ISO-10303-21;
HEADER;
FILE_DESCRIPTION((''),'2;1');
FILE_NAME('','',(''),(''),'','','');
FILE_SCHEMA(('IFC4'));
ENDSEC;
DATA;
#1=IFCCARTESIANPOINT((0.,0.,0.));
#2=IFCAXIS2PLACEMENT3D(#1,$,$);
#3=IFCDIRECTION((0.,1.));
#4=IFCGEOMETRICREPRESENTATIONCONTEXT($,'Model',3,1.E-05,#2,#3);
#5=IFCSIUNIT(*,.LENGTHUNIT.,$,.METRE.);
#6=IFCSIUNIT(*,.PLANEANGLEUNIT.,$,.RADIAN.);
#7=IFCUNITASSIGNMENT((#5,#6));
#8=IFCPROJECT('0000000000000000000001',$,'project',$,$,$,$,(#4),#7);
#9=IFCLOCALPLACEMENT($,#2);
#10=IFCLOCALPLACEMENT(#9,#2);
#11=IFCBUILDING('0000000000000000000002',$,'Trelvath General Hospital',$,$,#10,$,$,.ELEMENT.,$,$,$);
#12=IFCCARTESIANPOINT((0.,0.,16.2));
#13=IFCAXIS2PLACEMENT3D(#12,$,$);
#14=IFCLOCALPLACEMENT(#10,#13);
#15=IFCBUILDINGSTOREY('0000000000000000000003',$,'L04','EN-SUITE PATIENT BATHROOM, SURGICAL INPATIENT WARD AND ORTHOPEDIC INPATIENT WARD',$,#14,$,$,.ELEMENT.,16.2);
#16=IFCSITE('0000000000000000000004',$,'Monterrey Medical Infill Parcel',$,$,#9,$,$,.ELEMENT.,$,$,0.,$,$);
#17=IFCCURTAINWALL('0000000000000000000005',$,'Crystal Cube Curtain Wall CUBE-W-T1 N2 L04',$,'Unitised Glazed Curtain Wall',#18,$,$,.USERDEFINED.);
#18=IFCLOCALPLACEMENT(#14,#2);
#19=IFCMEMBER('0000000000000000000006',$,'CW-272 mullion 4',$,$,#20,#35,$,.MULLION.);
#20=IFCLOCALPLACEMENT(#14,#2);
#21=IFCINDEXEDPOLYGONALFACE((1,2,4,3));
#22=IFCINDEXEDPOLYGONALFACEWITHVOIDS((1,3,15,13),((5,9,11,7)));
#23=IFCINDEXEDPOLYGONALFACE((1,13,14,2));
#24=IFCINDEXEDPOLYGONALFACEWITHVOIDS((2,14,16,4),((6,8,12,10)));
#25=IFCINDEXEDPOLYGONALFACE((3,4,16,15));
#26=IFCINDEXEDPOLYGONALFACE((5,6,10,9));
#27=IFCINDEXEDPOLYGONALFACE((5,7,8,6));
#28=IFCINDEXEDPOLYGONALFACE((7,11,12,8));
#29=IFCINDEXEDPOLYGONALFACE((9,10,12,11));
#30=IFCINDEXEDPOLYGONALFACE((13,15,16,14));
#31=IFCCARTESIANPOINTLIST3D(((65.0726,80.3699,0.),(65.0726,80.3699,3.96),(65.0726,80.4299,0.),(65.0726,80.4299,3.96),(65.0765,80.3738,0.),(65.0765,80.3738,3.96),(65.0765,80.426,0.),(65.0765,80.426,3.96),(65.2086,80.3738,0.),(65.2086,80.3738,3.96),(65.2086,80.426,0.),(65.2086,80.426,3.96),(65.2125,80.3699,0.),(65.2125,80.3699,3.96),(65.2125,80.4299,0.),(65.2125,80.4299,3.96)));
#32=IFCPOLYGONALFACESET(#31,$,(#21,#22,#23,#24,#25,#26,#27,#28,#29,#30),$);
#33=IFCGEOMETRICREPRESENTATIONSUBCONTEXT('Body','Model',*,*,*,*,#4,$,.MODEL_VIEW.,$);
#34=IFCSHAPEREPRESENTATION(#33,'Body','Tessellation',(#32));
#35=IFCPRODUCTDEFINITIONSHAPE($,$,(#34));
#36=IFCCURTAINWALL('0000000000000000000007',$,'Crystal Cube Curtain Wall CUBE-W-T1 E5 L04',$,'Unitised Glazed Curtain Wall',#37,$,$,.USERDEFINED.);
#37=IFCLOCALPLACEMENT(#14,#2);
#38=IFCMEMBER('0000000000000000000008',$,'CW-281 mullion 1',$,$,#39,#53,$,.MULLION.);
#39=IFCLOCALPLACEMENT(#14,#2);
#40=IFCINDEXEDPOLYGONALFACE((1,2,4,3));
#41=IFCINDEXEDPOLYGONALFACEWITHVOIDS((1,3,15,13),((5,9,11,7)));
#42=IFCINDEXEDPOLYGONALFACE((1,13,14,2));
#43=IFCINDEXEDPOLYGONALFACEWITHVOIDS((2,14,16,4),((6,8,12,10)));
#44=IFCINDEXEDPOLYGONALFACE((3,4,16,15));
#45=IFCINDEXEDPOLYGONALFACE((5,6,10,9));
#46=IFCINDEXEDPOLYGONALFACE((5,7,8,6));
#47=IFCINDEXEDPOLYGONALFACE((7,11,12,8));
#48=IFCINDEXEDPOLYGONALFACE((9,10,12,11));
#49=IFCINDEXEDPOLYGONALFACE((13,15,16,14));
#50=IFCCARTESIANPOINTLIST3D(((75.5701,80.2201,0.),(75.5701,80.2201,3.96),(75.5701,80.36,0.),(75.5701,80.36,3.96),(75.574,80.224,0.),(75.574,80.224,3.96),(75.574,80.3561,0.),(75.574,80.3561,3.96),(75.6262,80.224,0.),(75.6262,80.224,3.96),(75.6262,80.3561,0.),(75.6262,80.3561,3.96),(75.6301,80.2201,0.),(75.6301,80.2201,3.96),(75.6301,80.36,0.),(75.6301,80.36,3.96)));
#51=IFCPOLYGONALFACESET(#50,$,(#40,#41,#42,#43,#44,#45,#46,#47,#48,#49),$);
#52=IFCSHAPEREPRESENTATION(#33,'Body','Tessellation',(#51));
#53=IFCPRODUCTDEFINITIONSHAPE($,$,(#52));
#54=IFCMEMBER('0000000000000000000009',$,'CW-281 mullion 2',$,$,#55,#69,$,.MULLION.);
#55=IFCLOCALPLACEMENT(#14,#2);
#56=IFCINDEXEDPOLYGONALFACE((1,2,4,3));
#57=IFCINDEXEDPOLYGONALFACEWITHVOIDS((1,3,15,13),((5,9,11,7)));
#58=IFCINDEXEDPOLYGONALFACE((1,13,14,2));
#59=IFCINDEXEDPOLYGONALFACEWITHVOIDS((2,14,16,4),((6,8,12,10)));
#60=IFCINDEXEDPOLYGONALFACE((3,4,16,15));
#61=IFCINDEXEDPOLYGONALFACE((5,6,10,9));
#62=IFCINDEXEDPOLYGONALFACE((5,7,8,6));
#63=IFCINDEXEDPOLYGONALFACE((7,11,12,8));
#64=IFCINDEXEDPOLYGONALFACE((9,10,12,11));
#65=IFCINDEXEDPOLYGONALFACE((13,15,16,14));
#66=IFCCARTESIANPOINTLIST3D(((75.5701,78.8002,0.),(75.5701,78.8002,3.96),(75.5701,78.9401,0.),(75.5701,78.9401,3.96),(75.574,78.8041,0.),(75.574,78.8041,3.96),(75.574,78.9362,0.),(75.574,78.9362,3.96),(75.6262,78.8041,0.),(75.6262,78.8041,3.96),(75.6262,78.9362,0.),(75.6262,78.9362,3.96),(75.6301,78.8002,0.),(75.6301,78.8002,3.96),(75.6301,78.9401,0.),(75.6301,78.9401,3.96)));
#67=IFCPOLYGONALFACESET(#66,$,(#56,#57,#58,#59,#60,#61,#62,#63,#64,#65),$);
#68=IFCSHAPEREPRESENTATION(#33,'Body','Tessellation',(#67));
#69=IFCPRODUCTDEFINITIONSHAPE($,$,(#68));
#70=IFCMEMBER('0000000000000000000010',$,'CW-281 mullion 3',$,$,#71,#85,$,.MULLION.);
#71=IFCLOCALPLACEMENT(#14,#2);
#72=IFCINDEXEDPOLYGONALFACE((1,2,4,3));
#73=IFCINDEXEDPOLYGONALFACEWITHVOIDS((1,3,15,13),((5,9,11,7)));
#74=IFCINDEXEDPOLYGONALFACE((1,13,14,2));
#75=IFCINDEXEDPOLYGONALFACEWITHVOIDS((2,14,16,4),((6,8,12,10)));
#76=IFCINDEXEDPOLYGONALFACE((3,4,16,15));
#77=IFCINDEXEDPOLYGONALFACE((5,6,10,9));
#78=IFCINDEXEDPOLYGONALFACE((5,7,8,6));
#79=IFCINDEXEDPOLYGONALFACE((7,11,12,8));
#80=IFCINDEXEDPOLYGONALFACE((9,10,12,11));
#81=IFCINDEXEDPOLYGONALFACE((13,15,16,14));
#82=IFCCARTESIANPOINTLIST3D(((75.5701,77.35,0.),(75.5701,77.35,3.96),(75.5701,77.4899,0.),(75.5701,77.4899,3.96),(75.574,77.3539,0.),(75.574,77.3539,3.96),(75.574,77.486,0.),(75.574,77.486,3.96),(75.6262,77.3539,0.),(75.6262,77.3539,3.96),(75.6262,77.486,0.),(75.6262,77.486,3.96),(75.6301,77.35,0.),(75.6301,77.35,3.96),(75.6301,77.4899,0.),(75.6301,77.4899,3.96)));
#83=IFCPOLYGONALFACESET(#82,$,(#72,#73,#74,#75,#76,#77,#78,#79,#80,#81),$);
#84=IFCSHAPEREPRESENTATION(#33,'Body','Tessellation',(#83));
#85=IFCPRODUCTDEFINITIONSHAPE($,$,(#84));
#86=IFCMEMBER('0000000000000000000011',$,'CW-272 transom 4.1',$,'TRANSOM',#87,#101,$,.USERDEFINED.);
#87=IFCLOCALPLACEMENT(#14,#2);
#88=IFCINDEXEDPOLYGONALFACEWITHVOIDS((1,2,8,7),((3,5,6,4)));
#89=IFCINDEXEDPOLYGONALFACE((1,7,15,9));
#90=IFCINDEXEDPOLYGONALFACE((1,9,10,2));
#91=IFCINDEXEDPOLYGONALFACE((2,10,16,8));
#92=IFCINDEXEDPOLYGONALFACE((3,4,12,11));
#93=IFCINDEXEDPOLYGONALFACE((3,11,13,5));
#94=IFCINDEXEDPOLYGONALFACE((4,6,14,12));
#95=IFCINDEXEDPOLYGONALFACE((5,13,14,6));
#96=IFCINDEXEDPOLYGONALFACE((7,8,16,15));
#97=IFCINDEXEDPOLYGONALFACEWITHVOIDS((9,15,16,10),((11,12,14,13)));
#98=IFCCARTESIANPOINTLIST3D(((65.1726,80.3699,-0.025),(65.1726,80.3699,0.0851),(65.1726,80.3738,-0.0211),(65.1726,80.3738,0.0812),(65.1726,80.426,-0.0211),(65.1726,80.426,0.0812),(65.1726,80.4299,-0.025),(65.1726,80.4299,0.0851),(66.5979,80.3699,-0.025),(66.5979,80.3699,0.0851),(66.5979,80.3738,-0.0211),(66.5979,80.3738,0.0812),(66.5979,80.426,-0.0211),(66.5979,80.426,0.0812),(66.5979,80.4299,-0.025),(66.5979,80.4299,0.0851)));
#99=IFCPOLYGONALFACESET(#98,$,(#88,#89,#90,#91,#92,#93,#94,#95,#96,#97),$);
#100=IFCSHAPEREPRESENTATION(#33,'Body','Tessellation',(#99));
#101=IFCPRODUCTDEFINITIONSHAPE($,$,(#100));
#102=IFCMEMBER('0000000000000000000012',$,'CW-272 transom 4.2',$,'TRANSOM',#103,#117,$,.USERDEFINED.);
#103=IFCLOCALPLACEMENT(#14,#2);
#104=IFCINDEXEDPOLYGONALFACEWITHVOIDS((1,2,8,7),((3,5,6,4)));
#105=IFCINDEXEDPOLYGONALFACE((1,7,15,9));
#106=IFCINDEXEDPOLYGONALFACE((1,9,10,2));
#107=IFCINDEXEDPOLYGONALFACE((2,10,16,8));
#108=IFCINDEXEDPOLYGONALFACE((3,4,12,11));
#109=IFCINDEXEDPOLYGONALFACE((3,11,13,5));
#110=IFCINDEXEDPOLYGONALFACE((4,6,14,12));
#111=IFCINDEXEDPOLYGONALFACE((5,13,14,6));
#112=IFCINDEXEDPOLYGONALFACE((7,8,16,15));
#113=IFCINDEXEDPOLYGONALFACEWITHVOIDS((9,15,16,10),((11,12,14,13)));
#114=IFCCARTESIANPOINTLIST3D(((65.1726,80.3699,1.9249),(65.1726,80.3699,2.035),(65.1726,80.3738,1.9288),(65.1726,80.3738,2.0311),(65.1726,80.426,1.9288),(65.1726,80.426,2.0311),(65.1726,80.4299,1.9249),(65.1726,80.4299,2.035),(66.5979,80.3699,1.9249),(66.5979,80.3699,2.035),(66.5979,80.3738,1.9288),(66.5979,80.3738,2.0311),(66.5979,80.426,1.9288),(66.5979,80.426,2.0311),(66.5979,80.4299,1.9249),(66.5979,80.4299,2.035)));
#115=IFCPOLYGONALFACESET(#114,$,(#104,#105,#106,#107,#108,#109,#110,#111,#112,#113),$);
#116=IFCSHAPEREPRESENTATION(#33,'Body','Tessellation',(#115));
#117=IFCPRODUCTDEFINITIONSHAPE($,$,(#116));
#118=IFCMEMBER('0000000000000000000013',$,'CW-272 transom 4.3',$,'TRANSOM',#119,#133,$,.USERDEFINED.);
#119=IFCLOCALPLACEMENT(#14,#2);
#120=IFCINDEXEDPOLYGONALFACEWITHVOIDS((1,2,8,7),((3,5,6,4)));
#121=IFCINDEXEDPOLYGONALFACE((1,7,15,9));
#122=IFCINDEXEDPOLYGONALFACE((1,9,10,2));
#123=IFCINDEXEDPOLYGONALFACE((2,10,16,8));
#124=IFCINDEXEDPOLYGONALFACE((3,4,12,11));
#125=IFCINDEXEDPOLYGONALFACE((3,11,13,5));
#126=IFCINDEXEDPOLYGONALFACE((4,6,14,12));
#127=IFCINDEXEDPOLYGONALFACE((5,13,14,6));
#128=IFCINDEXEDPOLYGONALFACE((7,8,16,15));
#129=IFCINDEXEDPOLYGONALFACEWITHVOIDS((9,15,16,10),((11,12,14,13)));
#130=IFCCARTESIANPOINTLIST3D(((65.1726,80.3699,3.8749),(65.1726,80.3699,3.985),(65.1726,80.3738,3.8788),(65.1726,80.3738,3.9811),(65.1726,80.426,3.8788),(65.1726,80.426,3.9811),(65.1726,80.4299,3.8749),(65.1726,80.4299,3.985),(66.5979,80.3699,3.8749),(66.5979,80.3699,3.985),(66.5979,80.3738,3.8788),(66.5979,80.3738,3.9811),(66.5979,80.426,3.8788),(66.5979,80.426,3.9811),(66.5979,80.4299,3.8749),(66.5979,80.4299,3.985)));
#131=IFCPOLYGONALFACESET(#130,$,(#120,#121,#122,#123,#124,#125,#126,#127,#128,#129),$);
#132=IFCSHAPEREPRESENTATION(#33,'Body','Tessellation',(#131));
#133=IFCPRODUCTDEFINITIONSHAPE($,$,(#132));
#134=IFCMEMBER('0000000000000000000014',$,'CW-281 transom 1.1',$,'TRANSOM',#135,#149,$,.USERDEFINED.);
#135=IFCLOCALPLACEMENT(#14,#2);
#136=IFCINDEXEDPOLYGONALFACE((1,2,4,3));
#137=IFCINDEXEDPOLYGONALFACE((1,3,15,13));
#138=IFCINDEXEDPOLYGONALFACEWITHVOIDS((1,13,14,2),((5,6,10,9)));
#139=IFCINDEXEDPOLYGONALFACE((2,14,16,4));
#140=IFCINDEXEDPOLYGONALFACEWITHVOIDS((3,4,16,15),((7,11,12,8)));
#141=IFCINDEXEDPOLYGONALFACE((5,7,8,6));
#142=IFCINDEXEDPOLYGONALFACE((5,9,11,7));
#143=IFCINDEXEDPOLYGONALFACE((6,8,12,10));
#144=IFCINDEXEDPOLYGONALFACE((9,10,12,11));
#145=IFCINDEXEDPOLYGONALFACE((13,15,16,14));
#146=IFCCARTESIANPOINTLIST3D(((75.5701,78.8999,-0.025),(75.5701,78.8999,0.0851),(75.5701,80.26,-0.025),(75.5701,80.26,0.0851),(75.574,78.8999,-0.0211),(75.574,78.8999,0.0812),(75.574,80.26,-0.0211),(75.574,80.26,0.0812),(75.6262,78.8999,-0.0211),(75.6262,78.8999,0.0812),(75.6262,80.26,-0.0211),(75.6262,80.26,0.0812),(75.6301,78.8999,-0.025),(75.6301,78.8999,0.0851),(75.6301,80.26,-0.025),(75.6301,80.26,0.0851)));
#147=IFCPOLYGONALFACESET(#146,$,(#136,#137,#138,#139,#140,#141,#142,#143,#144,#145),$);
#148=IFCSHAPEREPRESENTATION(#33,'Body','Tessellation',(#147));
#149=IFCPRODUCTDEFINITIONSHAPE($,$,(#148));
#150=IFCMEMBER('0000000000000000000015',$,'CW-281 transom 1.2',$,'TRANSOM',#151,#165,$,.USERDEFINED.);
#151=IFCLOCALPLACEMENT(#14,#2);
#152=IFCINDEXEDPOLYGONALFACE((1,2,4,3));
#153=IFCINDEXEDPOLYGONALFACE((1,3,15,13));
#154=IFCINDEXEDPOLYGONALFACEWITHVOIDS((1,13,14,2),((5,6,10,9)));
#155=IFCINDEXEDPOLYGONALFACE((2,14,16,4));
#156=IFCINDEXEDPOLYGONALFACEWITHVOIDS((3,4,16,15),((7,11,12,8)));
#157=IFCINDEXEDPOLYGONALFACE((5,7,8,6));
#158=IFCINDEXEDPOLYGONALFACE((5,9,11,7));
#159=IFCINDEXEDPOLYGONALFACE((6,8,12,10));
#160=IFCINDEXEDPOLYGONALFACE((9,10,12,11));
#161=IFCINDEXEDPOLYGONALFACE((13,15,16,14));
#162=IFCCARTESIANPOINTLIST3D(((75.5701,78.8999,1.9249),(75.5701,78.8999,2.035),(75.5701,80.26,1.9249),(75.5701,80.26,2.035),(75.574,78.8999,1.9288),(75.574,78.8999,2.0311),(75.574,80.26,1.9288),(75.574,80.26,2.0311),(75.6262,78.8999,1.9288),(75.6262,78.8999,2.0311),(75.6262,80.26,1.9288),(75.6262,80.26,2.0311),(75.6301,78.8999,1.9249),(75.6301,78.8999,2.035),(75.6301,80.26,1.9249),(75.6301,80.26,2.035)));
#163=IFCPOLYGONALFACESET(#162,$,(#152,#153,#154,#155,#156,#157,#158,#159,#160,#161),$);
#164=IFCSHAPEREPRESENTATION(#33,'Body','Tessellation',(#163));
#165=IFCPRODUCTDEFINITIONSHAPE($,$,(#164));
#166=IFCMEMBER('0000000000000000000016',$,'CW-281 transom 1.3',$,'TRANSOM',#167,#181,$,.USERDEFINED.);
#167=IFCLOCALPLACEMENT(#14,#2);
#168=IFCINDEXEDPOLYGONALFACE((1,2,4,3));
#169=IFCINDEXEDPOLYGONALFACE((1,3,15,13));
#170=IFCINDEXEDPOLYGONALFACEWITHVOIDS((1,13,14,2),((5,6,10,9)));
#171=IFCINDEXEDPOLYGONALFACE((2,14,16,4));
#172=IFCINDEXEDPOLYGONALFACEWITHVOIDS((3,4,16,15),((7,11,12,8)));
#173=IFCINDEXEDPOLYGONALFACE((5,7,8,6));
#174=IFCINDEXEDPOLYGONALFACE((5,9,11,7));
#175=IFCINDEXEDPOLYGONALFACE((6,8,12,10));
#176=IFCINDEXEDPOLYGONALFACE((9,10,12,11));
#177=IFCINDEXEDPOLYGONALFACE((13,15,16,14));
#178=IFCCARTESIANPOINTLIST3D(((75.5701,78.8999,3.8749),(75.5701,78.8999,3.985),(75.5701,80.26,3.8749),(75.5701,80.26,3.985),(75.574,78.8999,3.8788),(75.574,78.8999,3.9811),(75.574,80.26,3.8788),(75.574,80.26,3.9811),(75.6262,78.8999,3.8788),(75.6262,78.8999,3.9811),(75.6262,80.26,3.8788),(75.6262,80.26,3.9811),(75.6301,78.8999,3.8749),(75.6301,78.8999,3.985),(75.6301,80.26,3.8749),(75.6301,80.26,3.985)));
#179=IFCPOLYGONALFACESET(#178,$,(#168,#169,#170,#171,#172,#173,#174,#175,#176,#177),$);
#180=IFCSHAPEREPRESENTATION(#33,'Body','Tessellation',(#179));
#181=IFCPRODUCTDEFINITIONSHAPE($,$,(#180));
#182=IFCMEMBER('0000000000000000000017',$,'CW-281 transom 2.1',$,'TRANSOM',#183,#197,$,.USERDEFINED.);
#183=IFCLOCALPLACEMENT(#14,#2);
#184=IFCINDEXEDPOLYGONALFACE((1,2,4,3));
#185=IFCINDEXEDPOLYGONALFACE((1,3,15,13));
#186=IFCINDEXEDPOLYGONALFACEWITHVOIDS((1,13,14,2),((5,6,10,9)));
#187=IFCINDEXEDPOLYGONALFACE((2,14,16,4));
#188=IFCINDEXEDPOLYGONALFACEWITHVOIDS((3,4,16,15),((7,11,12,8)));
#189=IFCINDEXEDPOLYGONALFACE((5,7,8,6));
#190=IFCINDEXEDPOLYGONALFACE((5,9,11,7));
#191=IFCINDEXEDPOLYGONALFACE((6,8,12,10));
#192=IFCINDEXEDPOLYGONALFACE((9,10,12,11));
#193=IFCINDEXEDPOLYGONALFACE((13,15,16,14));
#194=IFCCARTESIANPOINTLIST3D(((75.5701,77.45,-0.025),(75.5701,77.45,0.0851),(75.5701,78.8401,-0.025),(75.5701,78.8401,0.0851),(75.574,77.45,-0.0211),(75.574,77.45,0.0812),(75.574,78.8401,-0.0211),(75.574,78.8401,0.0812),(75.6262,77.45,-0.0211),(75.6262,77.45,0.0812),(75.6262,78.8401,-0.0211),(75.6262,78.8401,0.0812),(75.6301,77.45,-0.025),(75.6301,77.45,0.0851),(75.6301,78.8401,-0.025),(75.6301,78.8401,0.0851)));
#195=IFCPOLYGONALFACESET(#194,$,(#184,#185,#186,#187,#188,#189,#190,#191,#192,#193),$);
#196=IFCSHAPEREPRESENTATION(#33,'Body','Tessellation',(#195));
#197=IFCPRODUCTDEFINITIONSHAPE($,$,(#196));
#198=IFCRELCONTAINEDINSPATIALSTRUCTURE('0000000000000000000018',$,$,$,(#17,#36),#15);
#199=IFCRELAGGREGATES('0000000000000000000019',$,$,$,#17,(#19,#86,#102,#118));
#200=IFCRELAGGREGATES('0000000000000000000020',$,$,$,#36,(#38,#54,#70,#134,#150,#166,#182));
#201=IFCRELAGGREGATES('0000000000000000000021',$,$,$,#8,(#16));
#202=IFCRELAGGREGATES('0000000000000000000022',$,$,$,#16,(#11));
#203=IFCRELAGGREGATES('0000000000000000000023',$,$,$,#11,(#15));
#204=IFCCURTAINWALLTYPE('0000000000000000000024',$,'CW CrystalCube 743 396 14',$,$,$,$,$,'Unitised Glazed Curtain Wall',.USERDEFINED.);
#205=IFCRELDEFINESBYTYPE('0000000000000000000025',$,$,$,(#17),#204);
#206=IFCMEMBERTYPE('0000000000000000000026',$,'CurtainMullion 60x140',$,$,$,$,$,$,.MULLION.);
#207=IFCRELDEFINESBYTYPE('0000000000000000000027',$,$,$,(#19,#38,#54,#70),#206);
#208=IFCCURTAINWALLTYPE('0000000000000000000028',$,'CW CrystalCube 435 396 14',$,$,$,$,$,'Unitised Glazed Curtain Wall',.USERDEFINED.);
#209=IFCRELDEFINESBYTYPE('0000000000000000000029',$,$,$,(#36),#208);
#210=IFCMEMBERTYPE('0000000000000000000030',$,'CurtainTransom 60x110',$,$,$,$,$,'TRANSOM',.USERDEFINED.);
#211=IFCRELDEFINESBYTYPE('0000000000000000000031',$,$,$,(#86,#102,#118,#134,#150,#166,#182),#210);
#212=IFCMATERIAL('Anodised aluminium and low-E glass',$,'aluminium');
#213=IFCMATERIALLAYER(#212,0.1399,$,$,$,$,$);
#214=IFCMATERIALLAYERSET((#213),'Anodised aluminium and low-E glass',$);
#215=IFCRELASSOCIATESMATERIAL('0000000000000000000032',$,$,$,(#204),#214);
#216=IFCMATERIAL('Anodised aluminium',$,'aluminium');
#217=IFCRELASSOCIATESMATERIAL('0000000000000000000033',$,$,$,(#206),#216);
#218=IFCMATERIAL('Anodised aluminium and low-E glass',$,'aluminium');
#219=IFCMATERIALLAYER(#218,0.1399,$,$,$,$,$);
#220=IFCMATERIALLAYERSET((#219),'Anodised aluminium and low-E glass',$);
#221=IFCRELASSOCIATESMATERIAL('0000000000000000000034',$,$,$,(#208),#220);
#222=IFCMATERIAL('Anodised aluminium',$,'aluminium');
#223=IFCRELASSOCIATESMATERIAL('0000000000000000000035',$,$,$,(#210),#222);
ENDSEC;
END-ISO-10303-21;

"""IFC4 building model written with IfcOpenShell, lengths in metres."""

from ifc_helpers import new_model, si_unit, direction, frame, origin, origin_2d, place, context, subcontext, project, spatial, hollow_rectangle, extrude, material, layer, layer_set, material_profile, profile_set, type_object, element, aggregate, save


model = new_model("IFC4")

# Units and contexts
model_context = context("Model", 3, precision=1e-05, world=origin(), true_north=direction((0.0, 1.0)))
body_context = subcontext(model_context, "Body", "Model", "MODEL_VIEW")
ifc_project = project(units=[si_unit("LENGTHUNIT", "METRE"), si_unit("PLANEANGLEUNIT", "RADIAN")], contexts=[model_context])

# Site, building, storey
site_placement = place(None, origin())
site = spatial("IfcSite", under=ifc_project, at=site_placement, Name="Monterrey Medical Infill Parcel", CompositionType="ELEMENT", RefElevation=0.0)
building_placement = place(site_placement, origin())
building = spatial("IfcBuilding", under=site, at=building_placement, Name="Trelvath General Hospital", CompositionType="ELEMENT")
storey_placement = place(building_placement, frame((0.0, 0.0, 16.2)))
storey = spatial("IfcBuildingStorey", under=building, at=storey_placement, Name="L04", Description="EN-SUITE PATIENT BATHROOM, SURGICAL INPATIENT WARD AND ORTHOPEDIC INPATIENT WARD", CompositionType="ELEMENT", Elevation=16.2)

# Curtain wall, member
ifc_material_1 = material(Name="Anodised aluminium and low-E glass", Category="aluminium")
ifc_layer_1 = layer(ifc_material_1, 0.1399)
ifc_layer_set_1 = layer_set([ifc_layer_1], Name="Anodised aluminium and low-E glass")
curtain_wall_type_1 = type_object("IfcCurtainWallType", Name="CW CrystalCube 743 396 14", ElementType="Unitised Glazed Curtain Wall", PredefinedType="USERDEFINED", material=ifc_layer_set_1)
curtain_wall_1_placement = place(storey_placement, origin())
curtain_wall_1 = element("IfcCurtainWall", 1, at=curtain_wall_1_placement, inside=storey, type_object=curtain_wall_type_1, Name="Crystal Cube Curtain Wall CUBE-W-T1 N2 L04", ObjectType="Unitised Glazed Curtain Wall", PredefinedType="USERDEFINED")
ifc_material_2 = material(Name="Anodised aluminium", Category="aluminium")
ifc_material_profile_1 = material_profile(ifc_material_2, hollow_rectangle(XDim=0.0601, YDim=0.1399, WallThickness=0.0039, at=origin_2d()), Name="RHS60x140x4")
ifc_profile_set_1 = profile_set([ifc_material_profile_1], Name="Anodised aluminium")
member_type_1 = type_object("IfcMemberType", Name="CurtainMullion 60x140", PredefinedType="MULLION", material=ifc_profile_set_1)
member_1_placement = place(storey_placement, frame((65.1426, 80.3999, 0.0), z_axis=(0.0, 0.0, 1.0), x_axis=(0.0, 1.0, 0.0)))
member_1 = element("IfcMember", 2, at=member_1_placement, type_object=member_type_1, Name="CW-272 mullion 4", PredefinedType="MULLION", context=body_context, shape_type="SweptSolid", body=[
    extrude(hollow_rectangle(XDim=0.0601, YDim=0.1399, WallThickness=0.0039, at=origin_2d()), origin(), (0.0, 0.0, 1.0), 3.96),
])

# Curtain wall, members
ifc_material_3 = material(Name="Anodised aluminium and low-E glass", Category="aluminium")
ifc_layer_2 = layer(ifc_material_3, 0.1399)
ifc_layer_set_2 = layer_set([ifc_layer_2], Name="Anodised aluminium and low-E glass")
curtain_wall_type_2 = type_object("IfcCurtainWallType", Name="CW CrystalCube 435 396 14", ElementType="Unitised Glazed Curtain Wall", PredefinedType="USERDEFINED", material=ifc_layer_set_2)
curtain_wall_2_placement = place(storey_placement, origin())
curtain_wall_2 = element("IfcCurtainWall", 3, at=curtain_wall_2_placement, inside=storey, type_object=curtain_wall_type_2, Name="Crystal Cube Curtain Wall CUBE-W-T1 E5 L04", ObjectType="Unitised Glazed Curtain Wall", PredefinedType="USERDEFINED")
member_2_placement = place(storey_placement, frame((75.6001, 80.29, 0.0), z_axis=(0.0, 0.0, 1.0), x_axis=(1.0, 0.0, 0.0)))
member_2 = element("IfcMember", 4, at=member_2_placement, type_object=member_type_1, Name="CW-281 mullion 1", PredefinedType="MULLION", context=body_context, shape_type="SweptSolid", body=[
    extrude(hollow_rectangle(XDim=0.0601, YDim=0.1399, WallThickness=0.0039, at=origin_2d()), origin(), (0.0, 0.0, 1.0), 3.96),
])
member_3_placement = place(storey_placement, frame((75.6001, 78.8701, 0.0), z_axis=(0.0, 0.0, 1.0), x_axis=(1.0, 0.0, 0.0)))
member_3 = element("IfcMember", 5, at=member_3_placement, type_object=member_type_1, Name="CW-281 mullion 2", PredefinedType="MULLION", context=body_context, shape_type="SweptSolid", body=[
    extrude(hollow_rectangle(XDim=0.0601, YDim=0.1399, WallThickness=0.0039, at=origin_2d()), origin(), (0.0, 0.0, 1.0), 3.96),
])
member_4_placement = place(storey_placement, frame((75.6001, 77.4199, 0.0), z_axis=(0.0, 0.0, 1.0), x_axis=(1.0, 0.0, 0.0)))
member_4 = element("IfcMember", 6, at=member_4_placement, type_object=member_type_1, Name="CW-281 mullion 3", PredefinedType="MULLION", context=body_context, shape_type="SweptSolid", body=[
    extrude(hollow_rectangle(XDim=0.0601, YDim=0.1399, WallThickness=0.0039, at=origin_2d()), origin(), (0.0, 0.0, 1.0), 3.96),
])

# Members
ifc_material_4 = material(Name="Anodised aluminium", Category="aluminium")
ifc_material_profile_2 = material_profile(ifc_material_4, hollow_rectangle(XDim=0.0601, YDim=0.1101, WallThickness=0.0039, at=origin_2d()), Name="RHS60x110x4")
ifc_profile_set_2 = profile_set([ifc_material_profile_2], Name="Anodised aluminium")
member_type_2 = type_object("IfcMemberType", Name="CurtainTransom 60x110", ElementType="TRANSOM", PredefinedType="USERDEFINED", material=ifc_profile_set_2)
member_5_placement = place(storey_placement, frame((65.1726, 80.3999, 0.03), z_axis=(1.0, 0.0, 0.0), x_axis=(0.0, 1.0, 0.0)))
member_5 = element("IfcMember", 7, at=member_5_placement, type_object=member_type_2, Name="CW-272 transom 4.1", ObjectType="TRANSOM", PredefinedType="USERDEFINED", context=body_context, shape_type="SweptSolid", body=[
    extrude(hollow_rectangle(XDim=0.0601, YDim=0.1101, WallThickness=0.0039, at=origin_2d()), origin(), (0.0, 0.0, 1.0), 1.4253),
])
member_6_placement = place(storey_placement, frame((65.1726, 80.3999, 1.98), z_axis=(1.0, 0.0, 0.0), x_axis=(0.0, 1.0, 0.0)))
member_6 = element("IfcMember", 8, at=member_6_placement, type_object=member_type_2, Name="CW-272 transom 4.2", ObjectType="TRANSOM", PredefinedType="USERDEFINED", context=body_context, shape_type="SweptSolid", body=[
    extrude(hollow_rectangle(XDim=0.0601, YDim=0.1101, WallThickness=0.0039, at=origin_2d()), origin(), (0.0, 0.0, 1.0), 1.4253),
])
member_7_placement = place(storey_placement, frame((65.1726, 80.3999, 3.9299), z_axis=(1.0, 0.0, 0.0), x_axis=(0.0, 1.0, 0.0)))
member_7 = element("IfcMember", 9, at=member_7_placement, type_object=member_type_2, Name="CW-272 transom 4.3", ObjectType="TRANSOM", PredefinedType="USERDEFINED", context=body_context, shape_type="SweptSolid", body=[
    extrude(hollow_rectangle(XDim=0.0601, YDim=0.1101, WallThickness=0.0039, at=origin_2d()), origin(), (0.0, 0.0, 1.0), 1.4253),
])
aggregate(curtain_wall_1, [member_1, member_5, member_6, member_7])
member_8_placement = place(storey_placement, frame((75.6001, 80.26, 0.03), z_axis=(0.0, -1.0, 0.0), x_axis=(1.0, 0.0, 0.0)))
member_8 = element("IfcMember", 10, at=member_8_placement, type_object=member_type_2, Name="CW-281 transom 1.1", ObjectType="TRANSOM", PredefinedType="USERDEFINED", context=body_context, shape_type="SweptSolid", body=[
    extrude(hollow_rectangle(XDim=0.0601, YDim=0.1101, WallThickness=0.0039, at=origin_2d()), origin(), (0.0, 0.0, 1.0), 1.3601),
])
member_9_placement = place(storey_placement, frame((75.6001, 80.26, 1.98), z_axis=(0.0, -1.0, 0.0), x_axis=(1.0, 0.0, 0.0)))
member_9 = element("IfcMember", 11, at=member_9_placement, type_object=member_type_2, Name="CW-281 transom 1.2", ObjectType="TRANSOM", PredefinedType="USERDEFINED", context=body_context, shape_type="SweptSolid", body=[
    extrude(hollow_rectangle(XDim=0.0601, YDim=0.1101, WallThickness=0.0039, at=origin_2d()), origin(), (0.0, 0.0, 1.0), 1.3601),
])
member_10_placement = place(storey_placement, frame((75.6001, 80.26, 3.9299), z_axis=(0.0, -1.0, 0.0), x_axis=(1.0, 0.0, 0.0)))
member_10 = element("IfcMember", 12, at=member_10_placement, type_object=member_type_2, Name="CW-281 transom 1.3", ObjectType="TRANSOM", PredefinedType="USERDEFINED", context=body_context, shape_type="SweptSolid", body=[
    extrude(hollow_rectangle(XDim=0.0601, YDim=0.1101, WallThickness=0.0039, at=origin_2d()), origin(), (0.0, 0.0, 1.0), 1.3601),
])
member_11_placement = place(storey_placement, frame((75.6001, 78.8401, 0.03), z_axis=(0.0, -1.0, 0.0), x_axis=(1.0, 0.0, 0.0)))
member_11 = element("IfcMember", 13, at=member_11_placement, type_object=member_type_2, Name="CW-281 transom 2.1", ObjectType="TRANSOM", PredefinedType="USERDEFINED", context=body_context, shape_type="SweptSolid", body=[
    extrude(hollow_rectangle(XDim=0.0601, YDim=0.1101, WallThickness=0.0039, at=origin_2d()), origin(), (0.0, 0.0, 1.0), 1.3901),
])

aggregate(curtain_wall_2, [member_2, member_3, member_4, member_8, member_9, member_10, member_11])

save(model, "model.ifc")
